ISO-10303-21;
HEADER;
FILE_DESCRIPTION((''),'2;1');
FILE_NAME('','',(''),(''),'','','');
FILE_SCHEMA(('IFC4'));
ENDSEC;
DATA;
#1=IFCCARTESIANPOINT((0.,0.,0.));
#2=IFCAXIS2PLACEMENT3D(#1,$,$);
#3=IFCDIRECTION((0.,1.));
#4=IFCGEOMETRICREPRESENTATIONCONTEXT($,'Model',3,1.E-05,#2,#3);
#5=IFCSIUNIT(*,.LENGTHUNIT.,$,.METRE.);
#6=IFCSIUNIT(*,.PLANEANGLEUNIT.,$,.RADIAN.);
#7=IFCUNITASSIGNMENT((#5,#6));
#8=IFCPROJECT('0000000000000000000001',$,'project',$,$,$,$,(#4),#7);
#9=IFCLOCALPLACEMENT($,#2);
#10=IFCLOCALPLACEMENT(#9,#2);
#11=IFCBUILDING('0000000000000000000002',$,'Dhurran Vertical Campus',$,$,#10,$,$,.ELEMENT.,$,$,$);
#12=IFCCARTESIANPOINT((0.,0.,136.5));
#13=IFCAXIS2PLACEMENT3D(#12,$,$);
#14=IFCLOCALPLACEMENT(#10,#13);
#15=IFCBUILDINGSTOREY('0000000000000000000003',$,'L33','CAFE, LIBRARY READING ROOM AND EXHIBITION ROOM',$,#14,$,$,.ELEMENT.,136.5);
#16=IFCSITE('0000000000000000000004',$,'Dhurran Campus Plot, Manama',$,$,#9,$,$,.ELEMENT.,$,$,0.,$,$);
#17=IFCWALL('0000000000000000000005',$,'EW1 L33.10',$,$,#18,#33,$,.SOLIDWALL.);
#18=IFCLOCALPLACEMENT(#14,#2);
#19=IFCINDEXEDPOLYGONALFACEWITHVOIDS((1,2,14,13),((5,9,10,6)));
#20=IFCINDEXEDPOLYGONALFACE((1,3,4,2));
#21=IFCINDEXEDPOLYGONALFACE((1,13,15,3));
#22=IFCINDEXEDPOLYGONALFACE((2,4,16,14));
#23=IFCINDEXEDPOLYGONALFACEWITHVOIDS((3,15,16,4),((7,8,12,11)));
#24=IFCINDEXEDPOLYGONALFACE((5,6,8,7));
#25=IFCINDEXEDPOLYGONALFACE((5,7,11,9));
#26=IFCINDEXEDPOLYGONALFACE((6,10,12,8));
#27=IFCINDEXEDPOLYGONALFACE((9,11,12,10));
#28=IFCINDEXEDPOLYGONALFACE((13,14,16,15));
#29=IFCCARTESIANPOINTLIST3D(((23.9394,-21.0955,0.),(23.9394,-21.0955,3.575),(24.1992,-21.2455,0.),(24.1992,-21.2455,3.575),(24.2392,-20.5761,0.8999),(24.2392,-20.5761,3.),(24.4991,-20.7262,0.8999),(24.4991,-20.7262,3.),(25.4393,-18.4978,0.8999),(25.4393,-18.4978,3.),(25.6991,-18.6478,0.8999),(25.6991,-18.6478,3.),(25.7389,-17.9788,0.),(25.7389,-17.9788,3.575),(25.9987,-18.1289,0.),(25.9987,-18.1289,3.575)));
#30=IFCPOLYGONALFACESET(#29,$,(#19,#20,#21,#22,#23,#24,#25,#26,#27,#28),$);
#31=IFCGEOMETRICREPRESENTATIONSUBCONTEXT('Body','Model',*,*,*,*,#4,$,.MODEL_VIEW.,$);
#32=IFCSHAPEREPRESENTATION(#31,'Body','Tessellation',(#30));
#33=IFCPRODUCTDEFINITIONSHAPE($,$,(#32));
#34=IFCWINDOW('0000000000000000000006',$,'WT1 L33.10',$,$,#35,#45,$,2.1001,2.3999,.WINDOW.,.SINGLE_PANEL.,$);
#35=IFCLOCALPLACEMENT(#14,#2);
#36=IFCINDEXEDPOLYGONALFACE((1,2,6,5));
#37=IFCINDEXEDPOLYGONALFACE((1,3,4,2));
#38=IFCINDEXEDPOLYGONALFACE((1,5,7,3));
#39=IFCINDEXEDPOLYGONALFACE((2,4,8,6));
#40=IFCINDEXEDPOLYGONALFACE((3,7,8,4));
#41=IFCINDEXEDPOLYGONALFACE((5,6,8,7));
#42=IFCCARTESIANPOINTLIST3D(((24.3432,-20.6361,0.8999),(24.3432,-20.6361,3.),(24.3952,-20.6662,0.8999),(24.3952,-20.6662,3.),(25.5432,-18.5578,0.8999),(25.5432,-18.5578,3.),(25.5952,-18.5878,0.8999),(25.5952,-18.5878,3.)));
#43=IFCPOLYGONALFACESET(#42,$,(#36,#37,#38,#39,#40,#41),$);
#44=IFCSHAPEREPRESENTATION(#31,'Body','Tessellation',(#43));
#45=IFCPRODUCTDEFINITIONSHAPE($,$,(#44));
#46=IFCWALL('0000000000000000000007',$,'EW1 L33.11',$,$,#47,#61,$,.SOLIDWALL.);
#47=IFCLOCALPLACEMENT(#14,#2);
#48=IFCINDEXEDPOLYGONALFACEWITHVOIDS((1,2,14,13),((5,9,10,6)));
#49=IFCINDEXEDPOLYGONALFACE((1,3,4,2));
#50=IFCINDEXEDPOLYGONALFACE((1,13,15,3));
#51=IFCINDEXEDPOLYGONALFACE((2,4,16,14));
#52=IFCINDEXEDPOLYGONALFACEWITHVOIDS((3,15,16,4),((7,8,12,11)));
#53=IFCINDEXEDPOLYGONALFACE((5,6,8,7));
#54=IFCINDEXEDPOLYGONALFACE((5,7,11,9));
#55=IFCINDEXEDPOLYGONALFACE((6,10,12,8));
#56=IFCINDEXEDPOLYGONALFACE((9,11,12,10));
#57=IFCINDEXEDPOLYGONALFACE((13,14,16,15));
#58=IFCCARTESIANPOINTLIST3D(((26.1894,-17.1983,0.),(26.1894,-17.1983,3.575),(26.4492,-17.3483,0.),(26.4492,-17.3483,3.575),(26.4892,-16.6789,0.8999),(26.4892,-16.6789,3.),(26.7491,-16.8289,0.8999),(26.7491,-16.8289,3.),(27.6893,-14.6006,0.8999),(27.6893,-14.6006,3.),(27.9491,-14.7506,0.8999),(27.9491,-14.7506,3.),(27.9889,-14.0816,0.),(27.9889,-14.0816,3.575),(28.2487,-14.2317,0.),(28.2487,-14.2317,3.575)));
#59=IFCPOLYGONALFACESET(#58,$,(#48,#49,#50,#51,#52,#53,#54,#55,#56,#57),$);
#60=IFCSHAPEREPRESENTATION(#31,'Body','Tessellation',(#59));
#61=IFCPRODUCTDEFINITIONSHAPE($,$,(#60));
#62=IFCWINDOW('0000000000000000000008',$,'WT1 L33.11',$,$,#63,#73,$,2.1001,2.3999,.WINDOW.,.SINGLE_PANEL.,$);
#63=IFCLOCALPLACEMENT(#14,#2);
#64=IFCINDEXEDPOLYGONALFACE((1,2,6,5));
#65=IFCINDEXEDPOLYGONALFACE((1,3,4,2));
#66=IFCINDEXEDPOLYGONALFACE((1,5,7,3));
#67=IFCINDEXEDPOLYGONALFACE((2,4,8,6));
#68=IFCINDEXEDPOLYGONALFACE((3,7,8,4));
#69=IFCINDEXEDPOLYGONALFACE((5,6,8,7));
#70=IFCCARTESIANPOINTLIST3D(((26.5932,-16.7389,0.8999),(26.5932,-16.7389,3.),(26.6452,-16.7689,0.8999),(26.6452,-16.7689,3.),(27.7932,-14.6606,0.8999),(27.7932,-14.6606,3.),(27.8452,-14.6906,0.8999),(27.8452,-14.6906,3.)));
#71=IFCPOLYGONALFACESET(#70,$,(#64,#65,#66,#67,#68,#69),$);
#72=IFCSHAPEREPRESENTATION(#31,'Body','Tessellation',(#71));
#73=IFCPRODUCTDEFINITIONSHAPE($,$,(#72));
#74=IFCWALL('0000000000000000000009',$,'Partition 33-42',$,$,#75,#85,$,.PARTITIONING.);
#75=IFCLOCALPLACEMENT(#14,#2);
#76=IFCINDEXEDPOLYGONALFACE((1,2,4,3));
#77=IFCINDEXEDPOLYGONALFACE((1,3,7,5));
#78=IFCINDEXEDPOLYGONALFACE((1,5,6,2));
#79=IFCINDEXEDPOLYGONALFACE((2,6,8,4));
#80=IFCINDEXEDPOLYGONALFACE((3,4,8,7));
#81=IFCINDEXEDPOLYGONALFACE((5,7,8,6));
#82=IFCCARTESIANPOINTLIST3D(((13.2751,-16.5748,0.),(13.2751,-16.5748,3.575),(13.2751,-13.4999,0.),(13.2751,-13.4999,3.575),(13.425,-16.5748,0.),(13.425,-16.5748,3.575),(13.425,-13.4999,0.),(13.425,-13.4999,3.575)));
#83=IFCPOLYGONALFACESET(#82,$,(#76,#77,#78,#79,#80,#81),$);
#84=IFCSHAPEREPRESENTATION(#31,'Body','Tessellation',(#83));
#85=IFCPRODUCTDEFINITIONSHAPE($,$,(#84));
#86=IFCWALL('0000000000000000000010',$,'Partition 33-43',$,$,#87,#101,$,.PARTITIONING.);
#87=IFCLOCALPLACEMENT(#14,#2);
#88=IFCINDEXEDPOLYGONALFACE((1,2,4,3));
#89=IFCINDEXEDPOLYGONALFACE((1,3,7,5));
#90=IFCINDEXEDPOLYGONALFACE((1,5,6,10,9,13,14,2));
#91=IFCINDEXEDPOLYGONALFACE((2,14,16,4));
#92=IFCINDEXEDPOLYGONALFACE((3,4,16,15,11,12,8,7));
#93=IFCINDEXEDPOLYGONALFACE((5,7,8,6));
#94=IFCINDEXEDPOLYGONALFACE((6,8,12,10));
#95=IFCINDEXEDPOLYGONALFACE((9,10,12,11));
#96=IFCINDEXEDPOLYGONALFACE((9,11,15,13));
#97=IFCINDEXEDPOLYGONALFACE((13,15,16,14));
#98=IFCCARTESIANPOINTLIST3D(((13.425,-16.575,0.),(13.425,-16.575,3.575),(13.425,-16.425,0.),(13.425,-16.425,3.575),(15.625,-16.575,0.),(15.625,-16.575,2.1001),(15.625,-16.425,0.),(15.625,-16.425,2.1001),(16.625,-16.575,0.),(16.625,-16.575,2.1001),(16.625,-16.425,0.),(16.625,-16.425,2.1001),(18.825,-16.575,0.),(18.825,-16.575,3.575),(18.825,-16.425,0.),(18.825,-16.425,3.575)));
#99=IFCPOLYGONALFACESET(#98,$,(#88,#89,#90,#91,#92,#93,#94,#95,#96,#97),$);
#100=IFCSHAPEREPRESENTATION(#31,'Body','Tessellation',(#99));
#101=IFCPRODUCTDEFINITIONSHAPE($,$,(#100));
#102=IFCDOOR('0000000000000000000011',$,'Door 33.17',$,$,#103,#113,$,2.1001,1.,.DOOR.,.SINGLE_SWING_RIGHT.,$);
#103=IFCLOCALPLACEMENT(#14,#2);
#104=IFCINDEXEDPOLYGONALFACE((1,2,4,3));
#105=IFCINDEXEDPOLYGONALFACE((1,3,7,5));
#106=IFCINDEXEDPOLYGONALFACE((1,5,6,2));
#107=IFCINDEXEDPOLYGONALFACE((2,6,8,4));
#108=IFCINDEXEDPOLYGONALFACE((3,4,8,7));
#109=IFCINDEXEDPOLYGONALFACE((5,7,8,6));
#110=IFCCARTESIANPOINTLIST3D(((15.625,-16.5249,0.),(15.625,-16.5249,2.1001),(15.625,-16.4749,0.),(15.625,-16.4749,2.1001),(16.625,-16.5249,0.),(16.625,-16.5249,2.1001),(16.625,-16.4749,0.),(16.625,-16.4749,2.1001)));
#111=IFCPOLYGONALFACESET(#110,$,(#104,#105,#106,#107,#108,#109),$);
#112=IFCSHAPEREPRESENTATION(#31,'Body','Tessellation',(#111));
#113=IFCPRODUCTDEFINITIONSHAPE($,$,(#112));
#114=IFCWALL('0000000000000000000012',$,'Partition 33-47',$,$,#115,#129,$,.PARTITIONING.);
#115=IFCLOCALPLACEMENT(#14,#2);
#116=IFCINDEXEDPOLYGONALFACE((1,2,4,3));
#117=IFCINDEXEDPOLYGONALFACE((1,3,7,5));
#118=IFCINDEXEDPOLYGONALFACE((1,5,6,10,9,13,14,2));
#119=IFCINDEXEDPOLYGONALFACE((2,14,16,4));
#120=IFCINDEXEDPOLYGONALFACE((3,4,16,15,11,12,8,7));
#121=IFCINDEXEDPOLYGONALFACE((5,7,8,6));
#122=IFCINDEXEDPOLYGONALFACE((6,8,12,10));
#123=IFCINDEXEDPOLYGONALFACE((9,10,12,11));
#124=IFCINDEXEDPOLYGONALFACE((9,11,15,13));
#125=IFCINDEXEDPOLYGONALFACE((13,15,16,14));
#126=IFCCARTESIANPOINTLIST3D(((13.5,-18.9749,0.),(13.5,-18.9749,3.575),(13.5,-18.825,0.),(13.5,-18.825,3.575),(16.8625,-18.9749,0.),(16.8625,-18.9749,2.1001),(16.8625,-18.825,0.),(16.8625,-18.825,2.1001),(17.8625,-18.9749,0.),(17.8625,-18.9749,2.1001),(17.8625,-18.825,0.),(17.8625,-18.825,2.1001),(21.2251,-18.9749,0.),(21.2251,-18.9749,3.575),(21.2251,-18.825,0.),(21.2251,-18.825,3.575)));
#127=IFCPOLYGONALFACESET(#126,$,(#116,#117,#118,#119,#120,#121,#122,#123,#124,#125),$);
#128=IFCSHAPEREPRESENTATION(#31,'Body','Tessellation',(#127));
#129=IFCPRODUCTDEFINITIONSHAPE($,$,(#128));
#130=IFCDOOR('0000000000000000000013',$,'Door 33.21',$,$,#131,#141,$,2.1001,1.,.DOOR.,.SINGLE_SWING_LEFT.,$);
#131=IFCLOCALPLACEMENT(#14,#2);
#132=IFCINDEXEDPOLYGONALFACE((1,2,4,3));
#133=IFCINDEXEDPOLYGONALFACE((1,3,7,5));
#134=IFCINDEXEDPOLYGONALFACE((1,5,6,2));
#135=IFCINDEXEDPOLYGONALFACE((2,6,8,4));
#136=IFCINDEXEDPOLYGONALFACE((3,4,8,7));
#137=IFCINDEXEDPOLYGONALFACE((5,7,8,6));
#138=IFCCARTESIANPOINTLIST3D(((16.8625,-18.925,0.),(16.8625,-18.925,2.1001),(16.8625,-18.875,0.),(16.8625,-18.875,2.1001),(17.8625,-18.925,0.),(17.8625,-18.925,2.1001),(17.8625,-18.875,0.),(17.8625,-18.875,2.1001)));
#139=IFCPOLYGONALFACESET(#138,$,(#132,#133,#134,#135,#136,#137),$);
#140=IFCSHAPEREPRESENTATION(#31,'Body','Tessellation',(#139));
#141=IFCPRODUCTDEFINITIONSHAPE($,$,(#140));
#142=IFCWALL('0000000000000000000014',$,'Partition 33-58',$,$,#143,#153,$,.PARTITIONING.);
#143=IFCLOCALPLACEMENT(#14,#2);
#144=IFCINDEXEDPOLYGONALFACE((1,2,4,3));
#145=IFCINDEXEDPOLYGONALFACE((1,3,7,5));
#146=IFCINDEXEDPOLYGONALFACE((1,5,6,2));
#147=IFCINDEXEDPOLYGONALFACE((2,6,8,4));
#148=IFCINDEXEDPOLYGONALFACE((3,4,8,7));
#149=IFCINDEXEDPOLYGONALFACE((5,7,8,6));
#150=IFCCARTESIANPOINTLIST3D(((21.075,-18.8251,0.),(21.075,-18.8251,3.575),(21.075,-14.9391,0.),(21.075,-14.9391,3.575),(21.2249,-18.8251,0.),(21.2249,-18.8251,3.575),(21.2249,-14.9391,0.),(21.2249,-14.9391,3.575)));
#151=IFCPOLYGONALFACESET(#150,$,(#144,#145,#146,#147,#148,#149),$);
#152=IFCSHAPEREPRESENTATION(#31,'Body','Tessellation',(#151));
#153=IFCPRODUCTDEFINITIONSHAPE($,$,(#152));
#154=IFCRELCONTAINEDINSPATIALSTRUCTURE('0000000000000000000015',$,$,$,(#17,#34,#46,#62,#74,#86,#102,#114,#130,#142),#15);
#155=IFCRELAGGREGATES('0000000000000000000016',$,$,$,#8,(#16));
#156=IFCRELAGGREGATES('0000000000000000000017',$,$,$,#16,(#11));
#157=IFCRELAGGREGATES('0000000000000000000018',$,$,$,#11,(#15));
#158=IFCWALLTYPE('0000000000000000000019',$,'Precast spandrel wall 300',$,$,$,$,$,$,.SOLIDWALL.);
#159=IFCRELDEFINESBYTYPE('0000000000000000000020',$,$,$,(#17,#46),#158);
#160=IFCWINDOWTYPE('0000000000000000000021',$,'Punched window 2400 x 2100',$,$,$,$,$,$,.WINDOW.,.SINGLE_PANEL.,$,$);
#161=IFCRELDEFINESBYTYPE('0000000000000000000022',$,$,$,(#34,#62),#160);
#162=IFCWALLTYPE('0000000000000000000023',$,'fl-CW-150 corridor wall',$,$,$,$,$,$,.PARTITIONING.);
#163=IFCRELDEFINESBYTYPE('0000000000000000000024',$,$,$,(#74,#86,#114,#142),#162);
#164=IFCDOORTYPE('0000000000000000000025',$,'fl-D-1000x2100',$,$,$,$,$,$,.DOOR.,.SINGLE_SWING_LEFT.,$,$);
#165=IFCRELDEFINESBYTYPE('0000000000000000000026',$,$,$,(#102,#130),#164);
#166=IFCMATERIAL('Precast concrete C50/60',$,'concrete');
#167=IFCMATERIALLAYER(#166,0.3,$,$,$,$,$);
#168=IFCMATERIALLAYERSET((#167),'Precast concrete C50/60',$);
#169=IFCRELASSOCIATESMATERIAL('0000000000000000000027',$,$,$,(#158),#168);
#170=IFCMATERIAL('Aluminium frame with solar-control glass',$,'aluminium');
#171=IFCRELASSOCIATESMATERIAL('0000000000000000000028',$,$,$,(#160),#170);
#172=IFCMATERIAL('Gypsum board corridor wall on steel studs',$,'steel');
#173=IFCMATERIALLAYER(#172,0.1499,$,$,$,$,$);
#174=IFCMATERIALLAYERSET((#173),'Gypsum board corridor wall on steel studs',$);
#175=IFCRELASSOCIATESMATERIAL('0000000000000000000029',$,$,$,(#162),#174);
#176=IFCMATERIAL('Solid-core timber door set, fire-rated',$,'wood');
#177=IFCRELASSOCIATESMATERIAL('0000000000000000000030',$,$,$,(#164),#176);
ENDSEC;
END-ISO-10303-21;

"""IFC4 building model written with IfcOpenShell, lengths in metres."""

from ifc_helpers import new_model, si_unit, direction, frame, frame_2d, origin, place, context, subcontext, project, spatial, rectangle, extrude, material, layer, layer_set, type_object, element, fill, save


model = new_model("IFC4")

# Units and contexts
model_context = context("Model", 3, precision=1e-05, world=origin(), true_north=direction((0.0, 1.0)))
body_context = subcontext(model_context, "Body", "Model", "MODEL_VIEW")
ifc_project = project(units=[si_unit("LENGTHUNIT", "METRE"), si_unit("PLANEANGLEUNIT", "RADIAN")], contexts=[model_context])

# Site, building, storey
site_placement = place(None, origin())
site = spatial("IfcSite", under=ifc_project, at=site_placement, Name="Dhurran Campus Plot, Manama", CompositionType="ELEMENT", RefElevation=0.0)
building_placement = place(site_placement, origin())
building = spatial("IfcBuilding", under=site, at=building_placement, Name="Dhurran Vertical Campus", CompositionType="ELEMENT")
storey_placement = place(building_placement, frame((0.0, 0.0, 136.5)))
storey = spatial("IfcBuildingStorey", under=building, at=storey_placement, Name="L33", Description="CAFE, LIBRARY READING ROOM AND EXHIBITION ROOM", CompositionType="ELEMENT", Elevation=136.5)

# Walls, openings, windows
ifc_material_1 = material(Name="Precast concrete C50/60", Category="concrete")
ifc_layer_1 = layer(ifc_material_1, 0.3)
ifc_layer_set_1 = layer_set([ifc_layer_1], Name="Precast concrete C50/60")
wall_type_1 = type_object("IfcWallType", Name="Precast spandrel wall 300", PredefinedType="SOLIDWALL", material=ifc_layer_set_1)
ifc_material_2 = material(Name="Aluminium frame with solar-control glass", Category="aluminium")
window_type = type_object("IfcWindowType", Name="Punched window 2400 x 2100", PartitioningType="SINGLE_PANEL", PredefinedType="WINDOW", material=ifc_material_2)
wall_1_placement = place(storey_placement, frame((24.0693, -21.1704, 0.0), z_axis=(0.0, 0.0, 1.0), x_axis=(0.500028, 0.866009, 0.0)))
wall_1 = element("IfcWall", 1, at=wall_1_placement, inside=storey, type_object=wall_type_1, Name="EW1 L33.10", PredefinedType="SOLIDWALL", context=body_context, shape_type="SweptSolid", body=[
    extrude(rectangle(XDim=3.5989, YDim=0.3, at=frame_2d((1.7993, 0.0))), origin(), (0.0, 0.0, 1.0), 3.575),
])
opening_1_placement = place(wall_1_placement, frame((0.5996, 0.0, 0.8999)))
opening_1 = element("IfcOpeningElement", 2, at=opening_1_placement, cuts=wall_1, PredefinedType="OPENING", context=body_context, shape_type="SweptSolid", body=[
    extrude(rectangle(XDim=2.3999, YDim=2.1001, at=frame_2d((1.2, 1.05))), frame((0.0, 0.1599, 0.0), z_axis=(0.0, -1.0, 0.0), x_axis=(1.0, 0.0, 0.0)), (0.0, 0.0, 1.0), 0.3201),
])
window_1_placement = place(opening_1_placement, origin())
window_1 = element("IfcWindow", 3, at=window_1_placement, inside=storey, type_object=window_type, Name="WT1 L33.10", OverallHeight=2.1001, OverallWidth=2.3999, PartitioningType="SINGLE_PANEL", PredefinedType="WINDOW", context=body_context, shape_type="SweptSolid", body=[
    extrude(rectangle(XDim=2.3999, YDim=2.1001, at=frame_2d((1.2, 1.05))), frame((0.0, 0.03, 0.0), z_axis=(0.0, -1.0, 0.0), x_axis=(1.0, 0.0, 0.0)), (0.0, 0.0, 1.0), 0.0601),
])
fill(opening_1, window_1)
wall_2_placement = place(storey_placement, frame((26.3193, -17.2732, 0.0), z_axis=(0.0, 0.0, 1.0), x_axis=(0.500028, 0.866009, 0.0)))
wall_2 = element("IfcWall", 4, at=wall_2_placement, inside=storey, type_object=wall_type_1, Name="EW1 L33.11", PredefinedType="SOLIDWALL", context=body_context, shape_type="SweptSolid", body=[
    extrude(rectangle(XDim=3.5989, YDim=0.3, at=frame_2d((1.7993, 0.0))), origin(), (0.0, 0.0, 1.0), 3.575),
])
opening_2_placement = place(wall_2_placement, frame((0.5996, 0.0, 0.8999)))
opening_2 = element("IfcOpeningElement", 5, at=opening_2_placement, cuts=wall_2, PredefinedType="OPENING", context=body_context, shape_type="SweptSolid", body=[
    extrude(rectangle(XDim=2.3999, YDim=2.1001, at=frame_2d((1.2, 1.05))), frame((0.0, 0.1599, 0.0), z_axis=(0.0, -1.0, 0.0), x_axis=(1.0, 0.0, 0.0)), (0.0, 0.0, 1.0), 0.3201),
])
window_2_placement = place(opening_2_placement, origin())
window_2 = element("IfcWindow", 6, at=window_2_placement, inside=storey, type_object=window_type, Name="WT1 L33.11", OverallHeight=2.1001, OverallWidth=2.3999, PartitioningType="SINGLE_PANEL", PredefinedType="WINDOW", context=body_context, shape_type="SweptSolid", body=[
    extrude(rectangle(XDim=2.3999, YDim=2.1001, at=frame_2d((1.2, 1.05))), frame((0.0, 0.03, 0.0), z_axis=(0.0, -1.0, 0.0), x_axis=(1.0, 0.0, 0.0)), (0.0, 0.0, 1.0), 0.0601),
])
fill(opening_2, window_2)

# Wall
ifc_material_3 = material(Name="Gypsum board corridor wall on steel studs", Category="steel")
ifc_layer_2 = layer(ifc_material_3, 0.1499)
ifc_layer_set_2 = layer_set([ifc_layer_2], Name="Gypsum board corridor wall on steel studs")
wall_type_2 = type_object("IfcWallType", Name="fl-CW-150 corridor wall", PredefinedType="PARTITIONING", material=ifc_layer_set_2)
wall_3_placement = place(storey_placement, frame((13.3501, -16.575, 0.0), z_axis=(0.0, 0.0, 1.0), x_axis=(0.0, 1.0, 0.0)))
element("IfcWall", 7, at=wall_3_placement, inside=storey, type_object=wall_type_2, Name="Partition 33-42", PredefinedType="PARTITIONING", context=body_context, shape_type="SweptSolid", body=[
    extrude(rectangle(XDim=3.075, YDim=0.1499, at=frame_2d((1.5376, 0.0))), origin(), (0.0, 0.0, 1.0), 3.575),
])

# Walls, openings, doors
wall_4_placement = place(storey_placement, frame((18.825, -16.5, 0.0), z_axis=(0.0, 0.0, 1.0), x_axis=(-1.0, 0.0, 0.0)))
wall_4 = element("IfcWall", 8, at=wall_4_placement, inside=storey, type_object=wall_type_2, Name="Partition 33-43", PredefinedType="PARTITIONING", context=body_context, shape_type="SweptSolid", body=[
    extrude(rectangle(XDim=5.3999, YDim=0.1499, at=frame_2d((2.7, 0.0))), origin(), (0.0, 0.0, 1.0), 3.575),
])
opening_3_placement = place(wall_4_placement, frame((2.2, 0.0, 0.0)))
opening_3 = element("IfcOpeningElement", 9, at=opening_3_placement, cuts=wall_4, PredefinedType="OPENING", context=body_context, shape_type="SweptSolid", body=[
    extrude(rectangle(XDim=1.0, YDim=2.1001, at=frame_2d((0.5, 1.05))), frame((0.0, 0.085, 0.0), z_axis=(0.0, -1.0, 0.0), x_axis=(1.0, 0.0, 0.0)), (0.0, 0.0, 1.0), 0.1699),
])
ifc_material_4 = material(Name="Solid-core timber door set, fire-rated", Category="wood")
door_type = type_object("IfcDoorType", Name="fl-D-1000x2100", OperationType="SINGLE_SWING_LEFT", PredefinedType="DOOR", material=ifc_material_4)
door_1_placement = place(opening_3_placement, origin())
door_1 = element("IfcDoor", 10, at=door_1_placement, inside=storey, type_object=door_type, Name="Door 33.17", OperationType="SINGLE_SWING_RIGHT", OverallHeight=2.1001, OverallWidth=1.0, PredefinedType="DOOR", context=body_context, shape_type="SweptSolid", body=[
    extrude(rectangle(XDim=1.0, YDim=2.1001, at=frame_2d((0.5, 1.05))), frame((0.0, 0.0249, 0.0), z_axis=(0.0, -1.0, 0.0), x_axis=(1.0, 0.0, 0.0)), (0.0, 0.0, 1.0), 0.05),
])
fill(opening_3, door_1)
wall_5_placement = place(storey_placement, frame((13.5, -18.8999, 0.0), z_axis=(0.0, 0.0, 1.0), x_axis=(1.0, 0.0, 0.0)))
wall_5 = element("IfcWall", 11, at=wall_5_placement, inside=storey, type_object=wall_type_2, Name="Partition 33-47", PredefinedType="PARTITIONING", context=body_context, shape_type="SweptSolid", body=[
    extrude(rectangle(XDim=7.7251, YDim=0.1499, at=frame_2d((3.8625, 0.0))), origin(), (0.0, 0.0, 1.0), 3.575),
])
opening_4_placement = place(wall_5_placement, frame((3.3625, 0.0, 0.0)))
opening_4 = element("IfcOpeningElement", 12, at=opening_4_placement, cuts=wall_5, PredefinedType="OPENING", context=body_context, shape_type="SweptSolid", body=[
    extrude(rectangle(XDim=1.0, YDim=2.1001, at=frame_2d((0.5, 1.05))), frame((0.0, 0.085, 0.0), z_axis=(0.0, -1.0, 0.0), x_axis=(1.0, 0.0, 0.0)), (0.0, 0.0, 1.0), 0.1699),
])
door_2_placement = place(opening_4_placement, origin())
door_2 = element("IfcDoor", 13, at=door_2_placement, inside=storey, type_object=door_type, Name="Door 33.21", OperationType="SINGLE_SWING_LEFT", OverallHeight=2.1001, OverallWidth=1.0, PredefinedType="DOOR", context=body_context, shape_type="SweptSolid", body=[
    extrude(rectangle(XDim=1.0, YDim=2.1001, at=frame_2d((0.5, 1.05))), frame((0.0, 0.0249, 0.0), z_axis=(0.0, -1.0, 0.0), x_axis=(1.0, 0.0, 0.0)), (0.0, 0.0, 1.0), 0.05),
])
fill(opening_4, door_2)

# Wall
wall_6_placement = place(storey_placement, frame((21.1499, -18.825, 0.0), z_axis=(0.0, 0.0, 1.0), x_axis=(0.0, 1.0, 0.0)))
element("IfcWall", 14, at=wall_6_placement, inside=storey, type_object=wall_type_2, Name="Partition 33-58", PredefinedType="PARTITIONING", context=body_context, shape_type="SweptSolid", body=[
    extrude(rectangle(XDim=3.886, YDim=0.1499, at=frame_2d((1.9429, 0.0))), origin(), (0.0, 0.0, 1.0), 3.575),
])

save(model, "model.ifc")
